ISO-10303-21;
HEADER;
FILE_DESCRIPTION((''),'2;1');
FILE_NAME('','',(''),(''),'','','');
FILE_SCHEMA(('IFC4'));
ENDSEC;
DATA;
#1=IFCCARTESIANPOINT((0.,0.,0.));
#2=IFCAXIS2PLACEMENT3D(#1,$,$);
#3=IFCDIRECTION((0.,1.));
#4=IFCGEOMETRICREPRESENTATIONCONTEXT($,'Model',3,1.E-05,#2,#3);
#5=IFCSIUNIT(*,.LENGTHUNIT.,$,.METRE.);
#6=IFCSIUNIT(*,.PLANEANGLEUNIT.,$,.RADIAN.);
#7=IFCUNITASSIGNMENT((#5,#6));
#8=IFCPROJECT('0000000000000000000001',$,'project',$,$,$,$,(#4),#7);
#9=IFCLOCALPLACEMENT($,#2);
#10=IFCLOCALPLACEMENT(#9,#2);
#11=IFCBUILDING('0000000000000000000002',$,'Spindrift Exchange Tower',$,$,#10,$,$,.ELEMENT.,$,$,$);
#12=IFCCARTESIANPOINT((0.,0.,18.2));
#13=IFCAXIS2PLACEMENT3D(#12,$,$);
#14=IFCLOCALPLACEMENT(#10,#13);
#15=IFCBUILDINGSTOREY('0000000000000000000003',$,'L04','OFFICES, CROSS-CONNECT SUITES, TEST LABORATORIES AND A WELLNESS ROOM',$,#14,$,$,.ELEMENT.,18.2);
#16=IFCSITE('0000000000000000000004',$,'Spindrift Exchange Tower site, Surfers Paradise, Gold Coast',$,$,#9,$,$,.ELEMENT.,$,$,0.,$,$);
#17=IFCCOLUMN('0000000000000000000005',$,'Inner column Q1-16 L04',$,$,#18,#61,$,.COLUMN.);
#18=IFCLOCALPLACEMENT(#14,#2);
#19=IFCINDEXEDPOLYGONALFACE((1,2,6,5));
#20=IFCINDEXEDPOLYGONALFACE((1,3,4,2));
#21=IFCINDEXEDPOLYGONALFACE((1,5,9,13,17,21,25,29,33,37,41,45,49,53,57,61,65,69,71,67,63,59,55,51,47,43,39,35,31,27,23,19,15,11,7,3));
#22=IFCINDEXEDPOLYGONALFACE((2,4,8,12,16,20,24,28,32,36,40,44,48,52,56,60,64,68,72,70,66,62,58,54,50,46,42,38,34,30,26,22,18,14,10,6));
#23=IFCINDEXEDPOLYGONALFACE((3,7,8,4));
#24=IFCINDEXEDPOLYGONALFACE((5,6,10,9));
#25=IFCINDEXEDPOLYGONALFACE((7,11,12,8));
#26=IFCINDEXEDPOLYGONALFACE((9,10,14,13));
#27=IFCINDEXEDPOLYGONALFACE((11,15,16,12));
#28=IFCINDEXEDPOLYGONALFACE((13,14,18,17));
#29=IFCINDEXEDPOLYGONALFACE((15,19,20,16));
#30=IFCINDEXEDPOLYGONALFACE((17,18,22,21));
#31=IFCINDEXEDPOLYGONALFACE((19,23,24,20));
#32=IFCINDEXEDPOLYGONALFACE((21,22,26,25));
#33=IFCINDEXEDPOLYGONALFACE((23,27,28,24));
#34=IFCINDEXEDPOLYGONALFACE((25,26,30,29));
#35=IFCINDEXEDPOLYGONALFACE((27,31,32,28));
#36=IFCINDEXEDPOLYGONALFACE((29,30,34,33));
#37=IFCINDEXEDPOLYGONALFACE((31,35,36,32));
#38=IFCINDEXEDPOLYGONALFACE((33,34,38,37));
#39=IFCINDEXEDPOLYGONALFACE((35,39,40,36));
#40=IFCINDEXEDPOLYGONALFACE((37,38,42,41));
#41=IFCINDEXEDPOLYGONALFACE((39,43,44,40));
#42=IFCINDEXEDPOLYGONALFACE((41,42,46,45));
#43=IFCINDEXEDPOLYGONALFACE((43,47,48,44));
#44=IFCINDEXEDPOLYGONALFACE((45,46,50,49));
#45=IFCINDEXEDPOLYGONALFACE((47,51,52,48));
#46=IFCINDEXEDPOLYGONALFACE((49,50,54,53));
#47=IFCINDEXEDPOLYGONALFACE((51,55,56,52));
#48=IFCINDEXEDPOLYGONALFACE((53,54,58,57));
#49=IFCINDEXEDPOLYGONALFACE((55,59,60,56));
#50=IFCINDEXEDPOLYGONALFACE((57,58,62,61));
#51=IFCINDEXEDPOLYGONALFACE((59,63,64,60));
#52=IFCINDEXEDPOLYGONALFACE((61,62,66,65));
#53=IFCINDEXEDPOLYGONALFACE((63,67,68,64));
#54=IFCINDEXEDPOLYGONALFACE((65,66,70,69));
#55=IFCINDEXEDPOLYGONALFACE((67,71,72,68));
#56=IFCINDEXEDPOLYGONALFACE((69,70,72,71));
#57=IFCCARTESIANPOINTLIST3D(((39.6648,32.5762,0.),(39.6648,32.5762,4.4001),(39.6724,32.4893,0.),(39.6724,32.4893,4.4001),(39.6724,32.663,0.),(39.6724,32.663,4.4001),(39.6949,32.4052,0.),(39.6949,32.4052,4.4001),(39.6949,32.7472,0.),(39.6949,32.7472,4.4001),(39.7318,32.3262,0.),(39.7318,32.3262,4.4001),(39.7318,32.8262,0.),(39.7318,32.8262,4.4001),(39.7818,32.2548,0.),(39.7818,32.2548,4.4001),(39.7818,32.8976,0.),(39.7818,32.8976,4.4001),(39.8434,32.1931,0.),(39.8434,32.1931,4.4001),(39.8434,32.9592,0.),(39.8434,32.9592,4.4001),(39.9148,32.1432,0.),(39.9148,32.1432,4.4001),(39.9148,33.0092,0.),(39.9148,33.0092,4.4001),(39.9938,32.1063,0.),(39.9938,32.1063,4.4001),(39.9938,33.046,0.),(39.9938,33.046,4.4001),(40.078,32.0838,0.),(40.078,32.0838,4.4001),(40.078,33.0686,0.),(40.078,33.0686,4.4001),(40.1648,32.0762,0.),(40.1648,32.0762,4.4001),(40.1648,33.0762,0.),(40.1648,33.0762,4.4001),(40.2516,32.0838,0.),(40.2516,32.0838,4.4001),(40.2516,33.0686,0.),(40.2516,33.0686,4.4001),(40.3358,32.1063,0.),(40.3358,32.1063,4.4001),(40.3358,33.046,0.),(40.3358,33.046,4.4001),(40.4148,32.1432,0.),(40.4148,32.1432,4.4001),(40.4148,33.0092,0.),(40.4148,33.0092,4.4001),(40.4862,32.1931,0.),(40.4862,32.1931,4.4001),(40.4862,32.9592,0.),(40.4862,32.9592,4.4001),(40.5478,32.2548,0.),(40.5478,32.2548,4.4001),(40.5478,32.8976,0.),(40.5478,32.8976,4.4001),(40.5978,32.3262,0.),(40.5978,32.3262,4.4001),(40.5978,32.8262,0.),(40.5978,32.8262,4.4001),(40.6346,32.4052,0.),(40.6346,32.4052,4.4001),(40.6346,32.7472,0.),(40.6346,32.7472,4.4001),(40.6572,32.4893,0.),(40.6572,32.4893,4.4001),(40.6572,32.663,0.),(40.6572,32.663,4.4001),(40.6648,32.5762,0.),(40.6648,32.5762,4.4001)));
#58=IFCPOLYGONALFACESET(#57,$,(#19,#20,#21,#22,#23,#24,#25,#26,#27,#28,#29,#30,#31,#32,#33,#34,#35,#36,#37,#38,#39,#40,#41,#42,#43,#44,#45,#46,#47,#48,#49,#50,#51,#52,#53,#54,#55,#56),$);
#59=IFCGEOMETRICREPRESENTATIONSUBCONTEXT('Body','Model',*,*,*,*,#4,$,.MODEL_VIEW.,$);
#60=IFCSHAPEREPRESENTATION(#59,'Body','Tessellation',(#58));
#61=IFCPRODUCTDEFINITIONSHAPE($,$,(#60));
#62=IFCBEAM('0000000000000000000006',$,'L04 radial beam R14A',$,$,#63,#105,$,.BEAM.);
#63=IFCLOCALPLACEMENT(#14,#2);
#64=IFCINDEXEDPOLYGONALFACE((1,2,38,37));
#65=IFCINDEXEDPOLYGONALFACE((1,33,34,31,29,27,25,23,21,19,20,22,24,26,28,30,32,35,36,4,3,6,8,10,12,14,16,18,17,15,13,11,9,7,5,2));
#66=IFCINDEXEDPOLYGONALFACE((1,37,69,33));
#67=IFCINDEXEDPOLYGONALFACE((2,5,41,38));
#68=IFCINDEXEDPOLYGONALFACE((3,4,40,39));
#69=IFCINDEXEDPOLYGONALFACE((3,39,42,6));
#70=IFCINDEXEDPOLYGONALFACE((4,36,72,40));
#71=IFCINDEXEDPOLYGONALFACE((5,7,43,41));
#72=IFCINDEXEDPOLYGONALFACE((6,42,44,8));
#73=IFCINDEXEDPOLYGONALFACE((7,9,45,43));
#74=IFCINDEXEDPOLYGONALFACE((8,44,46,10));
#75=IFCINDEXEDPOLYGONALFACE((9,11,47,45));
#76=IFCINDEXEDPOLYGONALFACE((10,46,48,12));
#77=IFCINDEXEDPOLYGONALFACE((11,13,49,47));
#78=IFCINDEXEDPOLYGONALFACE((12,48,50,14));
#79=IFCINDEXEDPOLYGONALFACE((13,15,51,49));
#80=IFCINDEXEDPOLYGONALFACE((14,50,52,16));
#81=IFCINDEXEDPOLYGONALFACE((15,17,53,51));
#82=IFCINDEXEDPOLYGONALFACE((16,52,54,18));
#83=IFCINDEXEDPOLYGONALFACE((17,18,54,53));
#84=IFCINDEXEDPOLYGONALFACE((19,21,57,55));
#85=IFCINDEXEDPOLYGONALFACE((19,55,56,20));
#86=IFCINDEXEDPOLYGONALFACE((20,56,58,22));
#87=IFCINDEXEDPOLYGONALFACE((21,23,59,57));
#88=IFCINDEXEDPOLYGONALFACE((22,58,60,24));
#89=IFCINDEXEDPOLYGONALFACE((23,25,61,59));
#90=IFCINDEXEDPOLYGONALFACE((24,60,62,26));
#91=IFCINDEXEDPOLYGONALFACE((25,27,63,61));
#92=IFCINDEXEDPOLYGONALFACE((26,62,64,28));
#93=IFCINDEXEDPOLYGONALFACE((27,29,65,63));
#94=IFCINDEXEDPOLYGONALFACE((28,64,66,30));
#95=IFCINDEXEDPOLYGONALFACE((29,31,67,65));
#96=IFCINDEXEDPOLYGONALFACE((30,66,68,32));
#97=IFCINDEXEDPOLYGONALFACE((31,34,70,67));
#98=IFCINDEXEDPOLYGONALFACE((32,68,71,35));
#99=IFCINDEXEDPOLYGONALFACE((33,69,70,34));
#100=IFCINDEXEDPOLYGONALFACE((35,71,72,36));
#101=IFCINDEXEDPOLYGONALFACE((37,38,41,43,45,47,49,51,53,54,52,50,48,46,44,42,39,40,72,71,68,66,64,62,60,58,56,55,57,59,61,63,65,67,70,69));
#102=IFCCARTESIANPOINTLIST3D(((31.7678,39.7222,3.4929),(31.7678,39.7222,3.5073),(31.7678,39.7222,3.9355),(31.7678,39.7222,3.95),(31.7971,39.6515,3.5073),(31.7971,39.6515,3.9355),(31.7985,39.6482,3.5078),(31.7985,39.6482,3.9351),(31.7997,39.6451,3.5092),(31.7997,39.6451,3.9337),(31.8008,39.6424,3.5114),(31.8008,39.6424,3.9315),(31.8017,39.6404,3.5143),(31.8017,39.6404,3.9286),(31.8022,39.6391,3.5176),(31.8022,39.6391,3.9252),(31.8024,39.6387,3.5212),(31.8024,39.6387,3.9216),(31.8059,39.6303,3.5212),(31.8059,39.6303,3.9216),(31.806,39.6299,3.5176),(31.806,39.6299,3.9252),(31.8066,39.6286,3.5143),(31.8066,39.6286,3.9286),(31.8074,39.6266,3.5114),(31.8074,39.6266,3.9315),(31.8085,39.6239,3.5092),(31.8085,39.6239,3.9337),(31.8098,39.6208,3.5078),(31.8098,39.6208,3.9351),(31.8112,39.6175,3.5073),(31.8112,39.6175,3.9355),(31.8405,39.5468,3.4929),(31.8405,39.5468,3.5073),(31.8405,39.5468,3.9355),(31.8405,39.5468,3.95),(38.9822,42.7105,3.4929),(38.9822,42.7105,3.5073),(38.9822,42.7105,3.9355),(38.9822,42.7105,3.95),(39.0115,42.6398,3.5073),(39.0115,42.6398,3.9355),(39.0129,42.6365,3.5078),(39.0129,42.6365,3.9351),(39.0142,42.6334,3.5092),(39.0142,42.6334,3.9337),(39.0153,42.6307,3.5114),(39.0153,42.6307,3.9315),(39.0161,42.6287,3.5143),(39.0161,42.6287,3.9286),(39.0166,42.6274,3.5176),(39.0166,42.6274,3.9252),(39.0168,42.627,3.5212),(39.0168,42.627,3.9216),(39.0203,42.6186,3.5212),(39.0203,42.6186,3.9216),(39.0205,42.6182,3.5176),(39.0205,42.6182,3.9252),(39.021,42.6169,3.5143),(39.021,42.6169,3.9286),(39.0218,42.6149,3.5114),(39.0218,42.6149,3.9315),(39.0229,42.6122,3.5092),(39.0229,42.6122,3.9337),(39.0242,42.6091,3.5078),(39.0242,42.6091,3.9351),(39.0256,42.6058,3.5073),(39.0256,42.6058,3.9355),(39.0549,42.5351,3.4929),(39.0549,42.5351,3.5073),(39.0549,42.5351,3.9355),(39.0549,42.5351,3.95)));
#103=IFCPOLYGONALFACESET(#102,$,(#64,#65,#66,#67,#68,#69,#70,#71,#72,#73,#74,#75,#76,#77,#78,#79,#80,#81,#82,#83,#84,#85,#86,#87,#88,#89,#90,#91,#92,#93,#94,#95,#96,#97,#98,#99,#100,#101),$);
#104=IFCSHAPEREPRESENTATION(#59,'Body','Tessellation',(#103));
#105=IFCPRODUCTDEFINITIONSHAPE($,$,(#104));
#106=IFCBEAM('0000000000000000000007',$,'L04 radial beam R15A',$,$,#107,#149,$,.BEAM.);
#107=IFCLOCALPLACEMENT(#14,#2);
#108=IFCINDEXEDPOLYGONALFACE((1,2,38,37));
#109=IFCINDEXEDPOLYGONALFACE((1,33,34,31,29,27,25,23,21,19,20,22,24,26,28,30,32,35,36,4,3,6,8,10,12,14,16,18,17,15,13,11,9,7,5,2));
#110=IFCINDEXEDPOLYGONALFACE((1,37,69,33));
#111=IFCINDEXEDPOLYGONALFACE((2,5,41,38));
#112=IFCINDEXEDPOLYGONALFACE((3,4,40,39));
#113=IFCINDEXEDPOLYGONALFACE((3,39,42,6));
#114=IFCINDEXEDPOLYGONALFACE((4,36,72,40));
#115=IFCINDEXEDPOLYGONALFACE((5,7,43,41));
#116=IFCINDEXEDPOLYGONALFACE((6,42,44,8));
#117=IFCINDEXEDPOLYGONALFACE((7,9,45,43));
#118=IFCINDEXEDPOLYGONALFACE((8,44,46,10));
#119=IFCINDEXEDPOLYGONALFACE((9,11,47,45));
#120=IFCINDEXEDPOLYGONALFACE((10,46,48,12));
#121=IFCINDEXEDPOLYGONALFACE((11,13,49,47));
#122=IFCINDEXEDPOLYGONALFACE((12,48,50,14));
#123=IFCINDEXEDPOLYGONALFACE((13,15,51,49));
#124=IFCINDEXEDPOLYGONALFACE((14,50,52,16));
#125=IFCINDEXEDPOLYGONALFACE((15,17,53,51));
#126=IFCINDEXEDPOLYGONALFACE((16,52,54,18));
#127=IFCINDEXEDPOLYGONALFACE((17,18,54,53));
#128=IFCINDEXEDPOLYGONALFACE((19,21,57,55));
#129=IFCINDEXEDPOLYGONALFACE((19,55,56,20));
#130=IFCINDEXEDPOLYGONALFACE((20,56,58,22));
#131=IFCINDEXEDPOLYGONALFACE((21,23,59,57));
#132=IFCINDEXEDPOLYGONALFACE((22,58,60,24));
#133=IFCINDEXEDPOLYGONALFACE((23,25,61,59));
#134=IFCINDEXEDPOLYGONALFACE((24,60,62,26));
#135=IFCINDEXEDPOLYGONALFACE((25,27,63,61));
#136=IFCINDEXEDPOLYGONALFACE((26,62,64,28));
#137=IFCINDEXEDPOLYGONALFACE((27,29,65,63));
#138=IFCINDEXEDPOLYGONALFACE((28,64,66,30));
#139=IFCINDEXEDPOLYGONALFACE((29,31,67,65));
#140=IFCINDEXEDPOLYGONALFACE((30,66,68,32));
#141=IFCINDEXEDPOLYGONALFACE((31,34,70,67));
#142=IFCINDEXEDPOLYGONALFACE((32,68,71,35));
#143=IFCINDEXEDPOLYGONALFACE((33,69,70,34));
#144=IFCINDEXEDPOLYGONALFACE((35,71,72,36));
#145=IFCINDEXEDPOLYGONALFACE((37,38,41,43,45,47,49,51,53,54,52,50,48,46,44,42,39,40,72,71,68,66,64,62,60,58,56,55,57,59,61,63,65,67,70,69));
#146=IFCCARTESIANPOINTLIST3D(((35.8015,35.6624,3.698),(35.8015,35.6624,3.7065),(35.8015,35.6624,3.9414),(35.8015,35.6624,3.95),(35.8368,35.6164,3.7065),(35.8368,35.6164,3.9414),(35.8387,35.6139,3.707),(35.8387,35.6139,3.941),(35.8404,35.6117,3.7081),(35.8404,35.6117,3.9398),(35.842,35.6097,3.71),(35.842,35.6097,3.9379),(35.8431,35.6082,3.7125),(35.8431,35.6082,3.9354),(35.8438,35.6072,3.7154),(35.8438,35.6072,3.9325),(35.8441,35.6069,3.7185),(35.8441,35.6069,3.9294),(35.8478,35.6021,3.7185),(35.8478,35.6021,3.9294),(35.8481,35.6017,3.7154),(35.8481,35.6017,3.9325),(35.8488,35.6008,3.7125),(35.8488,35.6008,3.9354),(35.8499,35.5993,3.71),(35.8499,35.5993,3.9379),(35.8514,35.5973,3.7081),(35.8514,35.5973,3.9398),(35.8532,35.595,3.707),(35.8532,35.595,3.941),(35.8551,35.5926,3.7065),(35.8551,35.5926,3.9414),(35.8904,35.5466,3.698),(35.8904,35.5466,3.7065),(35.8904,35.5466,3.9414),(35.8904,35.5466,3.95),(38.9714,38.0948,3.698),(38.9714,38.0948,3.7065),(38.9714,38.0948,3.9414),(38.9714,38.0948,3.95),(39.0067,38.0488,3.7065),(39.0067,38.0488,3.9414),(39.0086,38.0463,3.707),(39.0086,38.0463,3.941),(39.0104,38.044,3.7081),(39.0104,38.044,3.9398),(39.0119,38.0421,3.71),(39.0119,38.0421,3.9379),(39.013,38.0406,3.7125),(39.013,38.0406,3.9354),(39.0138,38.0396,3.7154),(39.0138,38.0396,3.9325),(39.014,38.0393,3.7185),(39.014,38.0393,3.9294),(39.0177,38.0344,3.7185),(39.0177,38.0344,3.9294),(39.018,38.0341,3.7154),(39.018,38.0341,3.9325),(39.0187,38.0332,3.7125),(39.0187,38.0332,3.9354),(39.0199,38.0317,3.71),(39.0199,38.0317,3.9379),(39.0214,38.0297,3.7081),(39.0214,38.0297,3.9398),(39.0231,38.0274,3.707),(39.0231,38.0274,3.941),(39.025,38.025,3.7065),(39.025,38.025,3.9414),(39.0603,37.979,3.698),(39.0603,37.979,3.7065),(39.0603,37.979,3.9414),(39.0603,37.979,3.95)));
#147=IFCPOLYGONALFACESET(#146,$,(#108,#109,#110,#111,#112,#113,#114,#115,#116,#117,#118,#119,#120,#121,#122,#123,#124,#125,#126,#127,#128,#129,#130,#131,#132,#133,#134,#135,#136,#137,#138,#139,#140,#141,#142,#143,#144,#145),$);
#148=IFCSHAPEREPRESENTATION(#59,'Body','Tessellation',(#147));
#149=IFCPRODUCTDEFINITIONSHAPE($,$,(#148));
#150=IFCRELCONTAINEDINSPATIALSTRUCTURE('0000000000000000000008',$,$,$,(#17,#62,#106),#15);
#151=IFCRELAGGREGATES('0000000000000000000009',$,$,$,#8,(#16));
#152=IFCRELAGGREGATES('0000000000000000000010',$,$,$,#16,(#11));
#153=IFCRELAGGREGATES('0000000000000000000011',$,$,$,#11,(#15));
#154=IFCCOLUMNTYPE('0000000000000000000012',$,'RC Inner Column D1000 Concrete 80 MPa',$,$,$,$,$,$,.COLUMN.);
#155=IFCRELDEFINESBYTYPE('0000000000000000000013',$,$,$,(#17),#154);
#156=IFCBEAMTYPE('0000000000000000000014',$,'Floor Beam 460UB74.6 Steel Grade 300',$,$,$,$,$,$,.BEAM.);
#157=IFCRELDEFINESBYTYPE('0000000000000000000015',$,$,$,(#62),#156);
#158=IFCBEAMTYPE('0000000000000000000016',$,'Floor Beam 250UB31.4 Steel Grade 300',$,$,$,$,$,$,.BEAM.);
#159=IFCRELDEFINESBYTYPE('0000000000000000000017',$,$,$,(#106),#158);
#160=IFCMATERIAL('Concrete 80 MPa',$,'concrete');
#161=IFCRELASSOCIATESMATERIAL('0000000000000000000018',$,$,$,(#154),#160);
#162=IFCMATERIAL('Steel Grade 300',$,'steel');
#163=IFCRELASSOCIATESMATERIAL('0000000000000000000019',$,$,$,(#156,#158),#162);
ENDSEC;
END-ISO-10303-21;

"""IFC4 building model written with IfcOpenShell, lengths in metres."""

from ifc_helpers import new_model, si_unit, direction, frame, origin, origin_2d, place, context, subcontext, project, spatial, circle, i_section, extrude, source, transform, mapped, material, material_profile, profile_set, type_object, element, save


model = new_model("IFC4")

# Units and contexts
model_context = context("Model", 3, precision=1e-05, world=origin(), true_north=direction((0.0, 1.0)))
body_context = subcontext(model_context, "Body", "Model", "MODEL_VIEW")
ifc_project = project(units=[si_unit("LENGTHUNIT", "METRE"), si_unit("PLANEANGLEUNIT", "RADIAN")], contexts=[model_context])

# Site, building, storey
site_placement = place(None, origin())
site = spatial("IfcSite", under=ifc_project, at=site_placement, Name="Spindrift Exchange Tower site, Surfers Paradise, Gold Coast", CompositionType="ELEMENT", RefElevation=0.0)
building_placement = place(site_placement, origin())
building = spatial("IfcBuilding", under=site, at=building_placement, Name="Spindrift Exchange Tower", CompositionType="ELEMENT")
storey_placement = place(building_placement, frame((0.0, 0.0, 18.2)))
storey = spatial("IfcBuildingStorey", under=building, at=storey_placement, Name="L04", Description="OFFICES, CROSS-CONNECT SUITES, TEST LABORATORIES AND A WELLNESS ROOM", CompositionType="ELEMENT", Elevation=18.2)

# Column
ifc_material_1 = material(Name="Concrete 80 MPa", Category="concrete")
ifc_material_profile_1 = material_profile(ifc_material_1, circle(Radius=0.5, at=origin_2d()), Name="RC D1000")
ifc_profile_set_1 = profile_set([ifc_material_profile_1], Name="Concrete 80 MPa")
column_type = type_object("IfcColumnType", Name="RC Inner Column D1000 Concrete 80 MPa", PredefinedType="COLUMN", material=ifc_profile_set_1)
shared_shape_1 = source(origin(), body_context, "Body", "SweptSolid", [
    extrude(circle(Radius=0.5, at=origin_2d()), origin(), (0.0, 0.0, 1.0), 4.4001),
])
column_placement = place(storey_placement, frame((40.1648, 32.5762, 0.0), z_axis=(0.0, 0.0, 1.0), x_axis=(1.0, 0.0, 0.0)))
element("IfcColumn", 1, at=column_placement, inside=storey, type_object=column_type, Name="Inner column Q1-16 L04", PredefinedType="COLUMN", context=body_context, shape_type="MappedRepresentation", body=[
    mapped(shared_shape_1, transform((0.0, 0.0, 0.0), scale=1.0)),
])

# Beams
ifc_material_2 = material(Name="Steel Grade 300", Category="steel")
ifc_material_profile_2 = material_profile(ifc_material_2, i_section(OverallWidth=0.1899, OverallDepth=0.457, WebThickness=0.009, FlangeThickness=0.0144, FilletRadius=0.0139, at=origin_2d()), Name="460UB74.6")
ifc_profile_set_2 = profile_set([ifc_material_profile_2], Name="Steel Grade 300")
beam_type_1 = type_object("IfcBeamType", Name="Floor Beam 460UB74.6 Steel Grade 300", PredefinedType="BEAM", material=ifc_profile_set_2)
shared_shape_2 = source(origin(), body_context, "Body", "SweptSolid", [
    extrude(i_section(OverallWidth=0.1899, OverallDepth=0.457, WebThickness=0.009, FlangeThickness=0.0144, FilletRadius=0.0139, at=origin_2d()), origin(), (0.0, 0.0, 1.0), 7.8088),
])
beam_1_placement = place(storey_placement, frame((39.0186, 42.6228, 3.7214), z_axis=(-0.92388, -0.382683, 0.0), x_axis=(0.382683, -0.92388, 0.0)))
element("IfcBeam", 2, at=beam_1_placement, inside=storey, type_object=beam_type_1, Name="L04 radial beam R14A", PredefinedType="BEAM", context=body_context, shape_type="MappedRepresentation", body=[
    mapped(shared_shape_2, transform((0.0, 0.0, 0.0), scale=1.0)),
])
ifc_material_profile_3 = material_profile(ifc_material_2, i_section(OverallWidth=0.146, OverallDepth=0.252, WebThickness=0.0061, FlangeThickness=0.0085, FilletRadius=0.012, at=origin_2d()), Name="250UB31.4")
ifc_profile_set_3 = profile_set([ifc_material_profile_3], Name="Steel Grade 300")
beam_type_2 = type_object("IfcBeamType", Name="Floor Beam 250UB31.4 Steel Grade 300", PredefinedType="BEAM", material=ifc_profile_set_3)
shared_shape_3 = source(origin(), body_context, "Body", "SweptSolid", [
    extrude(i_section(OverallWidth=0.146, OverallDepth=0.252, WebThickness=0.0061, FlangeThickness=0.0085, FilletRadius=0.012, at=origin_2d()), origin(), (0.0, 0.0, 1.0), 3.9956),
])
beam_2_placement = place(storey_placement, frame((39.0159, 38.0369, 3.824), z_axis=(-0.793353, -0.608762, 0.0), x_axis=(0.608762, -0.793353, 0.0)))
element("IfcBeam", 3, at=beam_2_placement, inside=storey, type_object=beam_type_2, Name="L04 radial beam R15A", PredefinedType="BEAM", context=body_context, shape_type="MappedRepresentation", body=[
    mapped(shared_shape_3, transform((0.0, 0.0, 0.0), scale=1.0)),
])

save(model, "model.ifc")
